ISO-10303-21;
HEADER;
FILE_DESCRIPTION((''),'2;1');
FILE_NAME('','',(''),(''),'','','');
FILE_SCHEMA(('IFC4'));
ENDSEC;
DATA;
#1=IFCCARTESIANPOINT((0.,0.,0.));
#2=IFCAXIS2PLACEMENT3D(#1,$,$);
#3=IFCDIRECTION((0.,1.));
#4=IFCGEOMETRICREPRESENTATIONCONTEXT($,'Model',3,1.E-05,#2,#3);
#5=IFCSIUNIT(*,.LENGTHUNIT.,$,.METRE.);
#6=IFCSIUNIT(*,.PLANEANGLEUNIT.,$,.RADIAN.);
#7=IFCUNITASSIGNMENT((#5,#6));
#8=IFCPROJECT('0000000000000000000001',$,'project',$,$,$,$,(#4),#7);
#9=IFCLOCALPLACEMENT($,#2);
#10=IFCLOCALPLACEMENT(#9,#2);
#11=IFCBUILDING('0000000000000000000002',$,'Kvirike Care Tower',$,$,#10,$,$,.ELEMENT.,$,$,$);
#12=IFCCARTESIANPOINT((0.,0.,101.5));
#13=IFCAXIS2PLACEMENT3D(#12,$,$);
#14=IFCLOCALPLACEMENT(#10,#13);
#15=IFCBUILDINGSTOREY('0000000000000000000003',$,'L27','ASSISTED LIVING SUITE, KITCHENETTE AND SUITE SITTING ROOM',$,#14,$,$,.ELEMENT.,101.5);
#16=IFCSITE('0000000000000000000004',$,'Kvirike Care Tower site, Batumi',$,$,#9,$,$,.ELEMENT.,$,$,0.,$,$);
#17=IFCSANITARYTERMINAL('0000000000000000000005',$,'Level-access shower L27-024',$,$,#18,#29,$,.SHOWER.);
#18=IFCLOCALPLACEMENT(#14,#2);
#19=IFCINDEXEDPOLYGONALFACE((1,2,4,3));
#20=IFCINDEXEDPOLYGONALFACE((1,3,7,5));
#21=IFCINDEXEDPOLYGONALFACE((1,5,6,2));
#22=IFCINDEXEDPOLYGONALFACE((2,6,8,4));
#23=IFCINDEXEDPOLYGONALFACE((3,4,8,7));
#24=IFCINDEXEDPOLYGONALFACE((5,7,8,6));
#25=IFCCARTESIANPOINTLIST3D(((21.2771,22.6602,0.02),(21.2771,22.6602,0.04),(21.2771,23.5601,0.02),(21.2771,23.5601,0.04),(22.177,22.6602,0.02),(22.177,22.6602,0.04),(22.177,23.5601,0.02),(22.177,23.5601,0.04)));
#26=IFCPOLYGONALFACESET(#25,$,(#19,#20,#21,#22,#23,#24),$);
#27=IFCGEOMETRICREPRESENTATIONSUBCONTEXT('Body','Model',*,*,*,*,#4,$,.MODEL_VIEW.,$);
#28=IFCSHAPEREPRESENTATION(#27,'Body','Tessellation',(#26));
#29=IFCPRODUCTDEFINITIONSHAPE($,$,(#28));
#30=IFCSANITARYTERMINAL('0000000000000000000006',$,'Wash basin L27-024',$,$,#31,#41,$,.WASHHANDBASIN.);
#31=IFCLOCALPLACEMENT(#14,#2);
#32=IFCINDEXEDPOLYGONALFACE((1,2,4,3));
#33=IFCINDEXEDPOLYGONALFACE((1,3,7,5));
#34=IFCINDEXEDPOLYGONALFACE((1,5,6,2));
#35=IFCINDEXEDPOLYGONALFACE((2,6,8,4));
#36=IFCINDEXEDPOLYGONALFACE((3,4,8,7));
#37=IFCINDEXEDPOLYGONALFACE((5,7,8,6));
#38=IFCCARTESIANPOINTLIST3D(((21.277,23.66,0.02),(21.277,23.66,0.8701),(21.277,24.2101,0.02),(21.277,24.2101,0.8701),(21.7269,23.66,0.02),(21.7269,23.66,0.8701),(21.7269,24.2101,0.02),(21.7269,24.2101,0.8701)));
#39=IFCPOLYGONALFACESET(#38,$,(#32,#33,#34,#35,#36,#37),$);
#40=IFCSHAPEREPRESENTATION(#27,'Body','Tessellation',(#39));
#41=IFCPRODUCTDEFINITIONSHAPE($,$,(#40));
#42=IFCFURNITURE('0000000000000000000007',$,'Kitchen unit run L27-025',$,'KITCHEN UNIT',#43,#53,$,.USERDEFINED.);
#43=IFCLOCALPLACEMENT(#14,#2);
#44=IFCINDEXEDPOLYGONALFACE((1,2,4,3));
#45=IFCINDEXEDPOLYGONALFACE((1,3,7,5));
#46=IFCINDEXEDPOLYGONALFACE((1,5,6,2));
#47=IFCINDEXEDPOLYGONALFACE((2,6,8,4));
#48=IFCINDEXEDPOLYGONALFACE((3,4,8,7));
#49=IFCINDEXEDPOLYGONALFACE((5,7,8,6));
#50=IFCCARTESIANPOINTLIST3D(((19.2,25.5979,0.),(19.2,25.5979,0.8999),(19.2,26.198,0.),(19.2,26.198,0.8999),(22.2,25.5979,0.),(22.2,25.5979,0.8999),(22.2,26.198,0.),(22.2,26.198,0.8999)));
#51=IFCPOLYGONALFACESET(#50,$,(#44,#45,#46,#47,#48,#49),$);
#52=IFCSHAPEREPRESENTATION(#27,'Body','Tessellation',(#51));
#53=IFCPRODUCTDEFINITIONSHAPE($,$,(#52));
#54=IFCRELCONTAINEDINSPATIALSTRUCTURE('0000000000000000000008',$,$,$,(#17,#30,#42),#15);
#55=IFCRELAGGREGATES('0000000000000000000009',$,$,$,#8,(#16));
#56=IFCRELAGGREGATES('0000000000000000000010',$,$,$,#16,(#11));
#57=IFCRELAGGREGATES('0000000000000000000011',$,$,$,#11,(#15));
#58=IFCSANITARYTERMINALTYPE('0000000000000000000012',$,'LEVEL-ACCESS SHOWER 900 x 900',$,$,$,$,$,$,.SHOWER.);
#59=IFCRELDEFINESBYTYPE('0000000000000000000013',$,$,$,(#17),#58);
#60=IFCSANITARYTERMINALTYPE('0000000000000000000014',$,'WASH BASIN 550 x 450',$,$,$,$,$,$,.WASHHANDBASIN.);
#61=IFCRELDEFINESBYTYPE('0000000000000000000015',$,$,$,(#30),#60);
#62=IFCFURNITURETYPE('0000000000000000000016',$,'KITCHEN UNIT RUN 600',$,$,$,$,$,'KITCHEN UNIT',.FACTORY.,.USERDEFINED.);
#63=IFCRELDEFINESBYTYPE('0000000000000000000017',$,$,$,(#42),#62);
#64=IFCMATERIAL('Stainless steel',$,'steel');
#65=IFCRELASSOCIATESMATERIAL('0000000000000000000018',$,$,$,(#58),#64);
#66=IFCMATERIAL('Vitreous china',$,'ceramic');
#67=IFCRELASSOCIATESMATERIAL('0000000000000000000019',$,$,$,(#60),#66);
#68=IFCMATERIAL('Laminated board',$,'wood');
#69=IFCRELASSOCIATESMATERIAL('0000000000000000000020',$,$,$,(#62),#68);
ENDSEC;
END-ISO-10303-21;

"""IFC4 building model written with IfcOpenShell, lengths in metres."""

from ifc_helpers import new_model, si_unit, direction, frame, origin, origin_2d, place, context, subcontext, project, spatial, rectangle, extrude, material, type_object, element, save


model = new_model("IFC4")

# Units and contexts
model_context = context("Model", 3, precision=1e-05, world=origin(), true_north=direction((0.0, 1.0)))
body_context = subcontext(model_context, "Body", "Model", "MODEL_VIEW")
ifc_project = project(units=[si_unit("LENGTHUNIT", "METRE"), si_unit("PLANEANGLEUNIT", "RADIAN")], contexts=[model_context])

# Site, building, storey
site_placement = place(None, origin())
site = spatial("IfcSite", under=ifc_project, at=site_placement, Name="Kvirike Care Tower site, Batumi", CompositionType="ELEMENT", RefElevation=0.0)
building_placement = place(site_placement, origin())
building = spatial("IfcBuilding", under=site, at=building_placement, Name="Kvirike Care Tower", CompositionType="ELEMENT")
storey_placement = place(building_placement, frame((0.0, 0.0, 101.5)))
storey = spatial("IfcBuildingStorey", under=building, at=storey_placement, Name="L27", Description="ASSISTED LIVING SUITE, KITCHENETTE AND SUITE SITTING ROOM", CompositionType="ELEMENT", Elevation=101.5)

# Sanitary terminals
ifc_material_1 = material(Name="Stainless steel", Category="steel")
sanitary_terminal_type_1 = type_object("IfcSanitaryTerminalType", Name="LEVEL-ACCESS SHOWER 900 x 900", PredefinedType="SHOWER", material=ifc_material_1)
sanitary_terminal_1_placement = place(storey_placement, frame((21.7271, 23.1101, 0.02), z_axis=(0.0, 0.0, 1.0), x_axis=(0.0, 1.0, 0.0)))
element("IfcSanitaryTerminal", 1, at=sanitary_terminal_1_placement, inside=storey, type_object=sanitary_terminal_type_1, Name="Level-access shower L27-024", PredefinedType="SHOWER", context=body_context, shape_type="SweptSolid", body=[
    extrude(rectangle(XDim=0.8999, YDim=0.8999, at=origin_2d()), origin(), (0.0, 0.0, 1.0), 0.02),
])
ifc_material_2 = material(Name="Vitreous china", Category="ceramic")
sanitary_terminal_type_2 = type_object("IfcSanitaryTerminalType", Name="WASH BASIN 550 x 450", PredefinedType="WASHHANDBASIN", material=ifc_material_2)
sanitary_terminal_2_placement = place(storey_placement, frame((21.502, 23.9351, 0.02), z_axis=(0.0, 0.0, 1.0), x_axis=(0.0, 1.0, 0.0)))
element("IfcSanitaryTerminal", 2, at=sanitary_terminal_2_placement, inside=storey, type_object=sanitary_terminal_type_2, Name="Wash basin L27-024", PredefinedType="WASHHANDBASIN", context=body_context, shape_type="SweptSolid", body=[
    extrude(rectangle(XDim=0.55, YDim=0.45, at=origin_2d()), origin(), (0.0, 0.0, 1.0), 0.8501),
])

# Furniture
ifc_material_3 = material(Name="Laminated board", Category="wood")
furniture_type = type_object("IfcFurnitureType", Name="KITCHEN UNIT RUN 600", ElementType="KITCHEN UNIT", AssemblyPlace="FACTORY", PredefinedType="USERDEFINED", material=ifc_material_3)
furniture_placement = place(storey_placement, frame((20.7, 25.8979, 0.0), z_axis=(0.0, 0.0, 1.0), x_axis=(1.0, 0.0, 0.0)))
element("IfcFurniture", 3, at=furniture_placement, inside=storey, type_object=furniture_type, Name="Kitchen unit run L27-025", ObjectType="KITCHEN UNIT", PredefinedType="USERDEFINED", context=body_context, shape_type="SweptSolid", body=[
    extrude(rectangle(XDim=3.0, YDim=0.6001, at=origin_2d()), origin(), (0.0, 0.0, 1.0), 0.8999),
])

save(model, "model.ifc")
